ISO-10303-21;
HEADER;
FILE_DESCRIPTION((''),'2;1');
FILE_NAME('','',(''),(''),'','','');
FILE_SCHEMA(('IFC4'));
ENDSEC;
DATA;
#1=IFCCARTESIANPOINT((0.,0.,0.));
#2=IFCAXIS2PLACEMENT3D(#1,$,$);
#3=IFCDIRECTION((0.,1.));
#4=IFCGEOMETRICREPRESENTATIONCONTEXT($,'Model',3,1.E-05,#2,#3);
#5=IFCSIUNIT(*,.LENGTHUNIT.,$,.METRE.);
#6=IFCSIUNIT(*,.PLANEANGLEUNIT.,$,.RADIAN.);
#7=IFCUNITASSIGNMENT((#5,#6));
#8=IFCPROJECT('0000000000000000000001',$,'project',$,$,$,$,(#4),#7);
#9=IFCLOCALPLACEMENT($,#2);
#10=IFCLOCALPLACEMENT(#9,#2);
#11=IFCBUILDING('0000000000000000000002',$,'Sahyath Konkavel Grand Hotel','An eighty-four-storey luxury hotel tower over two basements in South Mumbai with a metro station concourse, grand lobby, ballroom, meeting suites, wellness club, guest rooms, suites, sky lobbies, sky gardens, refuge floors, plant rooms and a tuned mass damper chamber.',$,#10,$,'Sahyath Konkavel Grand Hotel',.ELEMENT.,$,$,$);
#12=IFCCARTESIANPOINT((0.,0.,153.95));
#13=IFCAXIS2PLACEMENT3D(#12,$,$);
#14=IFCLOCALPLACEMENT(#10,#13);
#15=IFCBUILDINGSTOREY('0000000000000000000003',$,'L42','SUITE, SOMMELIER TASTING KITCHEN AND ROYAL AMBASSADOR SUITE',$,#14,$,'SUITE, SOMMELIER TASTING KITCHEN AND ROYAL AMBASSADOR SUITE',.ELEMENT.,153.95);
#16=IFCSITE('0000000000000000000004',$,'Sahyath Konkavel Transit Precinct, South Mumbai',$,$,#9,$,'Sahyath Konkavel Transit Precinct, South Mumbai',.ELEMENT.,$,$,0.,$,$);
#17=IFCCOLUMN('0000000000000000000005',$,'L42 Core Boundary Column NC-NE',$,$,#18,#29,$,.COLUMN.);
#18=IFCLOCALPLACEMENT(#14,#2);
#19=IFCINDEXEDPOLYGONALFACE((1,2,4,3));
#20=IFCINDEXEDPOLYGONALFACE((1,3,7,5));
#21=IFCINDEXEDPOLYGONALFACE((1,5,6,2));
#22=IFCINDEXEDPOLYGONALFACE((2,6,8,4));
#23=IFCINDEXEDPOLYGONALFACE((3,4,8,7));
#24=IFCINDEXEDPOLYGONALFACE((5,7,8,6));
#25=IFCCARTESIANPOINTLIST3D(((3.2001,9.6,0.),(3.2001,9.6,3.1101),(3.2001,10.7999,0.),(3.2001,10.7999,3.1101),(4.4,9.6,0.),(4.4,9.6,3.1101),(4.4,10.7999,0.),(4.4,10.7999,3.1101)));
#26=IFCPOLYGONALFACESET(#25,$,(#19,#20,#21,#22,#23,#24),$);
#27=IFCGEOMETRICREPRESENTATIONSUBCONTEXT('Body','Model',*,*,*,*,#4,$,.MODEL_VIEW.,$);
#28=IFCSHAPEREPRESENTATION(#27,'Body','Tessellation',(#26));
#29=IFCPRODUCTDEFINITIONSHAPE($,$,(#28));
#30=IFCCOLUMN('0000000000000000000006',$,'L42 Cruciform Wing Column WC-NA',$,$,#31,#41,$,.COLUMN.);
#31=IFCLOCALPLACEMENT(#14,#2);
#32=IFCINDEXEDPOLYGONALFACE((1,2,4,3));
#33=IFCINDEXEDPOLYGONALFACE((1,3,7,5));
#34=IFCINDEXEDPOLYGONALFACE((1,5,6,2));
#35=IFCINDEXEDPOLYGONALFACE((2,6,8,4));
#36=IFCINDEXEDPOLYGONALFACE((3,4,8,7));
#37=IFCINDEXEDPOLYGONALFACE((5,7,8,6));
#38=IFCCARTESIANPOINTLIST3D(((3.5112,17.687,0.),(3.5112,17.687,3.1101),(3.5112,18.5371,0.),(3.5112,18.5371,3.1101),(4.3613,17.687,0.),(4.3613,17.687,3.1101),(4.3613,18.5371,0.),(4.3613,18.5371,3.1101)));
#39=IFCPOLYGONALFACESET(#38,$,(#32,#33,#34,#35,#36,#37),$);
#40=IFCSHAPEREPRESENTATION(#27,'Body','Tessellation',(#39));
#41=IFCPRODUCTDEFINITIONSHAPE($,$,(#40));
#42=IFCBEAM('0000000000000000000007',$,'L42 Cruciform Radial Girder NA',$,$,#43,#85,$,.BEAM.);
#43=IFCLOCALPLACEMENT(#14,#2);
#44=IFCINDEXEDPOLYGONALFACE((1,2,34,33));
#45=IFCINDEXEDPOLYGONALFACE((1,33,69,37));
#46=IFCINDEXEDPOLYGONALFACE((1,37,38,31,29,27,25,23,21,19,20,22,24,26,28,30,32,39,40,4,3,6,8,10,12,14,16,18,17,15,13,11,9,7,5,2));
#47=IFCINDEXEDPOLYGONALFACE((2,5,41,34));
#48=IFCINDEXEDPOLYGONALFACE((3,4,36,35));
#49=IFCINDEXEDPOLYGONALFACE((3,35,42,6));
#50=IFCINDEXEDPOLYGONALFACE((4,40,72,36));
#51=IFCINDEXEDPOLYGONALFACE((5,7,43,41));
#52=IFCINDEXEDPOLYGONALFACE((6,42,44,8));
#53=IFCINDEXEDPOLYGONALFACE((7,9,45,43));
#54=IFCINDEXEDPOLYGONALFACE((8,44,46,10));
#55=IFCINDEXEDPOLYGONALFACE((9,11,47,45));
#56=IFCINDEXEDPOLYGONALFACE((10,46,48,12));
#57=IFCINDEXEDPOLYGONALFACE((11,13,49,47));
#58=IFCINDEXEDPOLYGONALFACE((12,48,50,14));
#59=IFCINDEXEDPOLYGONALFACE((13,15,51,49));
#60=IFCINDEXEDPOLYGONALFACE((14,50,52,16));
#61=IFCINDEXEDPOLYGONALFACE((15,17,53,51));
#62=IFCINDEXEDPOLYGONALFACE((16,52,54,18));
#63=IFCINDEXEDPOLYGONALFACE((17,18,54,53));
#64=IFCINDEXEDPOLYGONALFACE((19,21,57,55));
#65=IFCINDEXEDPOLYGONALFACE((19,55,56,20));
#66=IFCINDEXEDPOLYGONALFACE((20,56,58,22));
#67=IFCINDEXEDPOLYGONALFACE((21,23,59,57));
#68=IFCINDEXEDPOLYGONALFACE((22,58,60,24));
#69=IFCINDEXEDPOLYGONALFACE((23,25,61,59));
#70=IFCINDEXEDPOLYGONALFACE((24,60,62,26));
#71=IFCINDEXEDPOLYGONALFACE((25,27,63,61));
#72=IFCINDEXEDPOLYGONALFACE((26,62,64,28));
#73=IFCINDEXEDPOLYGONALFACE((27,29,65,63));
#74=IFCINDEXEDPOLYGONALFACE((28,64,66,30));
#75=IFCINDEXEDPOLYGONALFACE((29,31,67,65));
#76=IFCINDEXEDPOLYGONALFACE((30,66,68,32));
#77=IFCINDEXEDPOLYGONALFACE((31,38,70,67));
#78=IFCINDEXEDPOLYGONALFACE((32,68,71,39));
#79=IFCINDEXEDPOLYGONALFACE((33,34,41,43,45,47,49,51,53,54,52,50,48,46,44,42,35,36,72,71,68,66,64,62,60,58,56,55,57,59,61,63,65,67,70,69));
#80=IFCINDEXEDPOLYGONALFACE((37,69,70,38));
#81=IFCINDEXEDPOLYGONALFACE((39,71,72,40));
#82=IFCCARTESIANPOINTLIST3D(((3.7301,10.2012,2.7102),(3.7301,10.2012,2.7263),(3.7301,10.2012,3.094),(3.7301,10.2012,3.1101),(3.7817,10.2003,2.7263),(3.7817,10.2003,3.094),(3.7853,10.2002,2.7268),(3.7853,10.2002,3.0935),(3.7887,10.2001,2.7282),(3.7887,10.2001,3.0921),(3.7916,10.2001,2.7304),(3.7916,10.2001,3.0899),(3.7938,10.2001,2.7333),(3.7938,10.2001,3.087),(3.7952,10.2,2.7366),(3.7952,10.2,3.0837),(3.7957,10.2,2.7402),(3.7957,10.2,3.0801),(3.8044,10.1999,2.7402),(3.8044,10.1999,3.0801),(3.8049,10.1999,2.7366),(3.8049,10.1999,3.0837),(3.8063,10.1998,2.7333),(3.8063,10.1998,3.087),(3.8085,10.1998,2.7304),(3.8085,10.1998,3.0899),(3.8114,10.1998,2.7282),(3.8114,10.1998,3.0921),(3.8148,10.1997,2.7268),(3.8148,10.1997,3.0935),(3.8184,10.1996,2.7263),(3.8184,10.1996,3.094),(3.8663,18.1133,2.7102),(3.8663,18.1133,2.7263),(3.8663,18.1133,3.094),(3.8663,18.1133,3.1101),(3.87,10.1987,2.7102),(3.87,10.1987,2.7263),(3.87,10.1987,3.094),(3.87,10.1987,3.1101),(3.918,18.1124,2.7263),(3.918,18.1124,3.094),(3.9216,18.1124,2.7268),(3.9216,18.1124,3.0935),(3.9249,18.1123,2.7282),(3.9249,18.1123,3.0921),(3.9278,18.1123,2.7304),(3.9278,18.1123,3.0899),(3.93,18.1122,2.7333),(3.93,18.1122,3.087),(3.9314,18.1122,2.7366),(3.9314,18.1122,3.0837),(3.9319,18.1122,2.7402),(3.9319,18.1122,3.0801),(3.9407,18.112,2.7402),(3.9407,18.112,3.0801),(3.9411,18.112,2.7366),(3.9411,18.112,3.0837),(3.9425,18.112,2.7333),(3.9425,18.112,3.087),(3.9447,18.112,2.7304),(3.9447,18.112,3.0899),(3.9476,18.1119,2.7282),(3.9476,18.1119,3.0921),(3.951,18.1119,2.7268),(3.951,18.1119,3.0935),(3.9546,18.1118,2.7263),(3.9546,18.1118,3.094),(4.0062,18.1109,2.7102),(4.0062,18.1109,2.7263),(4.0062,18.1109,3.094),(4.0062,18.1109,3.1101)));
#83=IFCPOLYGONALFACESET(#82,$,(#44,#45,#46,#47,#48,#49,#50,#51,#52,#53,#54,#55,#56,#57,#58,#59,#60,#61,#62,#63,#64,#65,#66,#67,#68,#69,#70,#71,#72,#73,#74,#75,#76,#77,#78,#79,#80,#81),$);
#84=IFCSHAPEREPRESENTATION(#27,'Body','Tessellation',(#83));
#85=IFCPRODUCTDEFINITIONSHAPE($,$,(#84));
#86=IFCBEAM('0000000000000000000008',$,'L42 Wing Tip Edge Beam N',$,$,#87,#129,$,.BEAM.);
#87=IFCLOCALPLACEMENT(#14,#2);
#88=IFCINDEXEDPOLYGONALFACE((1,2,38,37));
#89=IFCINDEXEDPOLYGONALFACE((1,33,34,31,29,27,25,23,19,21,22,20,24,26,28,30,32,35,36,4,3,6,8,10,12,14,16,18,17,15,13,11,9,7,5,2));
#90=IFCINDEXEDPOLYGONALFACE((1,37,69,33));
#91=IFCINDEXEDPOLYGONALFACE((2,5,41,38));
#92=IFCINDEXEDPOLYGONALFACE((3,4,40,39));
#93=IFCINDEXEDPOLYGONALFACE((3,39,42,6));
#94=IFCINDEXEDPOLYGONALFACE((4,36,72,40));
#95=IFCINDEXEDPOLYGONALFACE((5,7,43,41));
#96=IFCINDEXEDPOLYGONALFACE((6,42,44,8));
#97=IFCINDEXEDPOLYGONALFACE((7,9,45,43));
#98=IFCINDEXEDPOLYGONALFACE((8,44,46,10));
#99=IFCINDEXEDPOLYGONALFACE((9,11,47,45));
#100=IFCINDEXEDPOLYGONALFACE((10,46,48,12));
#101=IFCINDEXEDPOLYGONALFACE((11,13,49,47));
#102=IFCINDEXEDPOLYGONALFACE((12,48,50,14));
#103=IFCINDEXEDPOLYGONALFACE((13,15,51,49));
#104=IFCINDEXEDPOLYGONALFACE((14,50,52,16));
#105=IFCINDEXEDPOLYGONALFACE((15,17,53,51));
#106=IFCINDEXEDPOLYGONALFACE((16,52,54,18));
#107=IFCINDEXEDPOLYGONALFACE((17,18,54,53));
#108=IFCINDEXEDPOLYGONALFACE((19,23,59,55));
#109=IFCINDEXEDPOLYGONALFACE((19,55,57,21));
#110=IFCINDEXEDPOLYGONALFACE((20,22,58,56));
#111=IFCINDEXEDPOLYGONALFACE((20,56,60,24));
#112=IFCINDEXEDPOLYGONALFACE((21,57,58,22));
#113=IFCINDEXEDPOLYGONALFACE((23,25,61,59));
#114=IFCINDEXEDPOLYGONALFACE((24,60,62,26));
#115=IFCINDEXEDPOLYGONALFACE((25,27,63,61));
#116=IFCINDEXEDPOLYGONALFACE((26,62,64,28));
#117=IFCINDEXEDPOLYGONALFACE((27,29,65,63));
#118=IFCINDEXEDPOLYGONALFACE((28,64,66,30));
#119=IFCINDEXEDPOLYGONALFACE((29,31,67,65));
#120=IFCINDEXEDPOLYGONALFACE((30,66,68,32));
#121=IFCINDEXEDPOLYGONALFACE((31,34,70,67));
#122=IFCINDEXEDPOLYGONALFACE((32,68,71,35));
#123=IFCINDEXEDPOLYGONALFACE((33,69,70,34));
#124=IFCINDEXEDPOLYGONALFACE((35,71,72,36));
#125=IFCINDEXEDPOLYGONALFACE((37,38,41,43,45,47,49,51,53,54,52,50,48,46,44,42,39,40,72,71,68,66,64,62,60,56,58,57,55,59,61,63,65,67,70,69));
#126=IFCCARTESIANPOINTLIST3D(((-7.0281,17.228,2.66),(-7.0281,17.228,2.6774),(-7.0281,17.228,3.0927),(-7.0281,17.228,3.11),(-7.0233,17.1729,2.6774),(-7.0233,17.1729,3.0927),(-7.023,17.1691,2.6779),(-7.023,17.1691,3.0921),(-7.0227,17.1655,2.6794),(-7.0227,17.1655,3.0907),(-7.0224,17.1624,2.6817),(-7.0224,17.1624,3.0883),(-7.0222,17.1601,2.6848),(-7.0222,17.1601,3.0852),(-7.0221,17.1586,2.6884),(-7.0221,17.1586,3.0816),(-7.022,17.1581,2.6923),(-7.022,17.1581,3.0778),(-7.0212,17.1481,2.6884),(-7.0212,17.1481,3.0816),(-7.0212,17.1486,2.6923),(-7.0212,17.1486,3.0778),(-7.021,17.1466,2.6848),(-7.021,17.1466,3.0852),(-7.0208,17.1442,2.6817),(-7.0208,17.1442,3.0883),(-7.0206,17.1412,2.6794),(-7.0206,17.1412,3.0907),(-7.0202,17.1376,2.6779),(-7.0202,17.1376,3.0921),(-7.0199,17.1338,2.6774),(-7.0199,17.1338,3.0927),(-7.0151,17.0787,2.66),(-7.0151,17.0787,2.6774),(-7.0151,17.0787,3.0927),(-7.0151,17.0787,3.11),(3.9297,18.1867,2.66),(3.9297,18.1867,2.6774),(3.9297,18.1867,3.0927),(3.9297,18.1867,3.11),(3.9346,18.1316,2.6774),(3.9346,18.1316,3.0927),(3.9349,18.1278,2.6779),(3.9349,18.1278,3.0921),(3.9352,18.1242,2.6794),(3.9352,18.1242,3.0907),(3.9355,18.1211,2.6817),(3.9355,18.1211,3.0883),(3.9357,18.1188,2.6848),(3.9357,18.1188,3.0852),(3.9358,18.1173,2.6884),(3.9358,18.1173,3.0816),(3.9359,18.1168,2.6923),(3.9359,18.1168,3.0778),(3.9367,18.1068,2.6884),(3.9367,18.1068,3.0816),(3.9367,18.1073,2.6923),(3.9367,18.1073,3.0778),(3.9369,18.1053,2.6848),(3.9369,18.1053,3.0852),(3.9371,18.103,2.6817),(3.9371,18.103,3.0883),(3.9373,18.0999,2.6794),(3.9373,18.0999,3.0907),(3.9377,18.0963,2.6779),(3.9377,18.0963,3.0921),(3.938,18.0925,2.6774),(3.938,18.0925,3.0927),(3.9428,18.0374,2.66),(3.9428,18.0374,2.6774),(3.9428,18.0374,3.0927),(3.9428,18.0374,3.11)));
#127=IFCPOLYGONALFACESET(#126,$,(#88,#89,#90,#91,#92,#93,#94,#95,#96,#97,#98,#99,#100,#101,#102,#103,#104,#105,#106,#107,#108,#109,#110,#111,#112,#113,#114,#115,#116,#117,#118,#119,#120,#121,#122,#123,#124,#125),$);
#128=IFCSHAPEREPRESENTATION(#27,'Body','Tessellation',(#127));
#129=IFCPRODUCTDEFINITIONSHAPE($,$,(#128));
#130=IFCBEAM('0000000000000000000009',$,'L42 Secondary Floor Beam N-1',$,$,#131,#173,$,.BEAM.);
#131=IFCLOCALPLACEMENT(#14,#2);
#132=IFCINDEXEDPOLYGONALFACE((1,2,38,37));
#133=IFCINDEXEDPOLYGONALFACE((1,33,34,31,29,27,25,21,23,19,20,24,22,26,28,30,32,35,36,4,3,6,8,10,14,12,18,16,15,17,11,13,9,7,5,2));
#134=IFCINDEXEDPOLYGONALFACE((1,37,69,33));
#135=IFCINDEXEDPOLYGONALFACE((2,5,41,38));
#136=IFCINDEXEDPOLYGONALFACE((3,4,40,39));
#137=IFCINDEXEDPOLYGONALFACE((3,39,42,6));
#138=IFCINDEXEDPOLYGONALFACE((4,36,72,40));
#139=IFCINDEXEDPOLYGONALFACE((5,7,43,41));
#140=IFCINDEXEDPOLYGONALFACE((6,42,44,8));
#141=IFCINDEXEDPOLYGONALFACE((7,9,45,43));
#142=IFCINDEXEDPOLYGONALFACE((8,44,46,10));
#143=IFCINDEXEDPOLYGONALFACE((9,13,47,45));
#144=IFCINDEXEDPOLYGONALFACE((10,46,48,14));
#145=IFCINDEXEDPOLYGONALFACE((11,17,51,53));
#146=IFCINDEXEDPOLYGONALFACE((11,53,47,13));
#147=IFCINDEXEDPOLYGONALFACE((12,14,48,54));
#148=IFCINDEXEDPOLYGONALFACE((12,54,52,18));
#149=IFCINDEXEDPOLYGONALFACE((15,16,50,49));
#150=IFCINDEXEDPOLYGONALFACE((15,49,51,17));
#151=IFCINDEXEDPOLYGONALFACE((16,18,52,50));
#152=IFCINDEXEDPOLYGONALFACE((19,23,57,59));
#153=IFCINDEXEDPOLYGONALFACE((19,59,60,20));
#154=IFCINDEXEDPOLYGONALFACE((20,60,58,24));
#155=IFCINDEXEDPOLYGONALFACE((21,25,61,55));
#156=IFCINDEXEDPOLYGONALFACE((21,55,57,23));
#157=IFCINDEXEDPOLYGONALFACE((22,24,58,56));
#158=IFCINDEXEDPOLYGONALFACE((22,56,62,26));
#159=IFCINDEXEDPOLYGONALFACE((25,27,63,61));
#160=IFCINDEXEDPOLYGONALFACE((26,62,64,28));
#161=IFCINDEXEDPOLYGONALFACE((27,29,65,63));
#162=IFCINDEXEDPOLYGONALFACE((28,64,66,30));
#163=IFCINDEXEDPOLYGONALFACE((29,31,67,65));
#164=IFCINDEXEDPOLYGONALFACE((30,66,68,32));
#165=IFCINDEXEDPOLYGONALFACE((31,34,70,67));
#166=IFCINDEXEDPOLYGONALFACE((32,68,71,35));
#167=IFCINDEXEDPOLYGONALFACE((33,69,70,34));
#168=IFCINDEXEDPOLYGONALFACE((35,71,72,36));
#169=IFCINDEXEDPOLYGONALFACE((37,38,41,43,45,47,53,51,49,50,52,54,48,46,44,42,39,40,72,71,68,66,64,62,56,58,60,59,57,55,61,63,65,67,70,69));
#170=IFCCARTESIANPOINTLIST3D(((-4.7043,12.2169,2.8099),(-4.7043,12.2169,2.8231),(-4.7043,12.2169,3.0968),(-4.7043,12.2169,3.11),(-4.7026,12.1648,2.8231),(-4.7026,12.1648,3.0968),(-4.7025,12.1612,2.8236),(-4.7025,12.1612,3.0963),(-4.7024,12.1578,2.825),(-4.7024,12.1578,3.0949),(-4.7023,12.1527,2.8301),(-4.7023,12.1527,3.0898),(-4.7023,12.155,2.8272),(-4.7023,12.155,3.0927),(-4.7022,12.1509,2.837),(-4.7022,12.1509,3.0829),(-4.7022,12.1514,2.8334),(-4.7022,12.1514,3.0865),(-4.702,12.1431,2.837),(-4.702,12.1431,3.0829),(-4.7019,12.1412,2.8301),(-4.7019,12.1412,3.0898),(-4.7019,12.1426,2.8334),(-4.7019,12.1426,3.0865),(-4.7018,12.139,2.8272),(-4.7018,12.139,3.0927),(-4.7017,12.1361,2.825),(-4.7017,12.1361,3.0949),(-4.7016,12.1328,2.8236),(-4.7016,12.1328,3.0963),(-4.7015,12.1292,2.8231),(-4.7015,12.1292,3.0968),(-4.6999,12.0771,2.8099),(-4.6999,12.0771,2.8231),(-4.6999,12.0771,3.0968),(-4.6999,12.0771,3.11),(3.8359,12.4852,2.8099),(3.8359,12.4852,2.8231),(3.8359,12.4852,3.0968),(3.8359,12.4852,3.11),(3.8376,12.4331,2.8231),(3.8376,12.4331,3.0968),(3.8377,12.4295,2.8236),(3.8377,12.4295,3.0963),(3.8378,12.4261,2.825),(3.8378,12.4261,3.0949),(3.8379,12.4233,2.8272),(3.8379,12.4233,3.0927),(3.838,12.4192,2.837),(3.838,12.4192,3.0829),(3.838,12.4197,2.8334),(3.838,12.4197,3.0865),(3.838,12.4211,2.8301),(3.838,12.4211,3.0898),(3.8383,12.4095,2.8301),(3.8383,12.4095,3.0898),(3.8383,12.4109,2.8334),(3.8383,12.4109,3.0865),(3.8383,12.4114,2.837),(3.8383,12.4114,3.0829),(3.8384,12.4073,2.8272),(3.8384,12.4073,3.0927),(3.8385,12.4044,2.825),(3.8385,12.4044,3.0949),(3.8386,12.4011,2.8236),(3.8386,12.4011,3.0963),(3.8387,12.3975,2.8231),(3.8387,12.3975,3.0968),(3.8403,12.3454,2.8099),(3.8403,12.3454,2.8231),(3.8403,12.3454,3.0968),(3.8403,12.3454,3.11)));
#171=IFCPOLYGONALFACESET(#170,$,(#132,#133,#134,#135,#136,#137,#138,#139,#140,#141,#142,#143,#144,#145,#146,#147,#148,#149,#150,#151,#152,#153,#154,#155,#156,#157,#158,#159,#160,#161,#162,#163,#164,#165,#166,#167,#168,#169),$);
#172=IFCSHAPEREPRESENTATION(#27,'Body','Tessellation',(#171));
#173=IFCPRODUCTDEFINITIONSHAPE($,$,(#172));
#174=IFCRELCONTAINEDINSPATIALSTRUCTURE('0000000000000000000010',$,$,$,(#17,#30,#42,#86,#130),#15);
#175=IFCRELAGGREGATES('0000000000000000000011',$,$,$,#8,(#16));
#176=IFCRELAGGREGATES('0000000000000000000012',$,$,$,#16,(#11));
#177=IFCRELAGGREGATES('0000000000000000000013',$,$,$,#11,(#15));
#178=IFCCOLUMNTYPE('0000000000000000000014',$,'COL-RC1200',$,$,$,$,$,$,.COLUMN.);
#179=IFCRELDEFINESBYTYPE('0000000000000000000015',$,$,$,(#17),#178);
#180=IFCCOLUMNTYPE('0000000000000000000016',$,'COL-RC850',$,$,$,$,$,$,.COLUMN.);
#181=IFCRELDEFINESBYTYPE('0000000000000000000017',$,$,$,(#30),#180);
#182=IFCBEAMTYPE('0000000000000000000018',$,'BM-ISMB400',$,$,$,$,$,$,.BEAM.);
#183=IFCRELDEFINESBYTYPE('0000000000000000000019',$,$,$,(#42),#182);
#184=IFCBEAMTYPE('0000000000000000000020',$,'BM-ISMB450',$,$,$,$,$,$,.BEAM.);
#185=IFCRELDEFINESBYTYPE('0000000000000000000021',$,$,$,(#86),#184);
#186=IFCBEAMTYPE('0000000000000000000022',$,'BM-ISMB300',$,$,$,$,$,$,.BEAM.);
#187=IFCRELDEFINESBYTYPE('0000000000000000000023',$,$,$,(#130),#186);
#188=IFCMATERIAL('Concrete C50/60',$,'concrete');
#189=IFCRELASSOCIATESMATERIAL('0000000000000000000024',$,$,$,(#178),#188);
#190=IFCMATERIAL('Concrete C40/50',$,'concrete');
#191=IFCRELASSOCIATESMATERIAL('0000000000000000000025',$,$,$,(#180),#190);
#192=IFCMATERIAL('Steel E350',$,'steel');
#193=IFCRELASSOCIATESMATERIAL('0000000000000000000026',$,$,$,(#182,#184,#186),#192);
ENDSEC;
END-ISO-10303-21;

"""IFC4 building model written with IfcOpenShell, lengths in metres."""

from ifc_helpers import new_model, si_unit, direction, frame, origin, origin_2d, place, context, subcontext, project, spatial, rectangle, i_section, extrude, source, transform, mapped, material, material_profile, profile_set, type_object, element, save


model = new_model("IFC4")

# Units and contexts
model_context = context("Model", 3, precision=1e-05, world=origin(), true_north=direction((0.0, 1.0)))
body_context = subcontext(model_context, "Body", "Model", "MODEL_VIEW")
ifc_project = project(units=[si_unit("LENGTHUNIT", "METRE"), si_unit("PLANEANGLEUNIT", "RADIAN")], contexts=[model_context])

# Site, building, storey
site_placement = place(None, origin())
site = spatial("IfcSite", under=ifc_project, at=site_placement, Name="Sahyath Konkavel Transit Precinct, South Mumbai", LongName="Sahyath Konkavel Transit Precinct, South Mumbai", CompositionType="ELEMENT", RefElevation=0.0)
building_placement = place(site_placement, origin())
building = spatial("IfcBuilding", under=site, at=building_placement, Name="Sahyath Konkavel Grand Hotel", Description="An eighty-four-storey luxury hotel tower over two basements in South Mumbai with a metro station concourse, grand lobby, ballroom, meeting suites, wellness club, guest rooms, suites, sky lobbies, sky gardens, refuge floors, plant rooms and a tuned mass damper chamber.", LongName="Sahyath Konkavel Grand Hotel", CompositionType="ELEMENT")
storey_placement = place(building_placement, frame((0.0, 0.0, 153.95)))
storey = spatial("IfcBuildingStorey", under=building, at=storey_placement, Name="L42", Description="SUITE, SOMMELIER TASTING KITCHEN AND ROYAL AMBASSADOR SUITE", LongName="SUITE, SOMMELIER TASTING KITCHEN AND ROYAL AMBASSADOR SUITE", CompositionType="ELEMENT", Elevation=153.95)

# Columns
ifc_material_1 = material(Name="Concrete C50/60", Category="concrete")
ifc_material_profile_1 = material_profile(ifc_material_1, rectangle(XDim=1.2, YDim=1.2, at=origin_2d()), Name="RC 1200x1200")
ifc_profile_set_1 = profile_set([ifc_material_profile_1], Name="Concrete C50/60")
column_type_1 = type_object("IfcColumnType", Name="COL-RC1200", PredefinedType="COLUMN", material=ifc_profile_set_1)
shared_shape_1 = source(origin(), body_context, "Body", "SweptSolid", [
    extrude(rectangle(XDim=1.2, YDim=1.2, at=origin_2d()), origin(), (0.0, 0.0, 1.0), 3.1101),
])
column_1_placement = place(storey_placement, frame((3.8, 10.2, 0.0), z_axis=(0.0, 0.0, 1.0), x_axis=(1.0, 0.0, 0.0)))
element("IfcColumn", 1, at=column_1_placement, inside=storey, type_object=column_type_1, Name="L42 Core Boundary Column NC-NE", PredefinedType="COLUMN", context=body_context, shape_type="MappedRepresentation", body=[
    mapped(shared_shape_1, transform((0.0, 0.0, 0.0), scale=1.0)),
])
ifc_material_2 = material(Name="Concrete C40/50", Category="concrete")
ifc_material_profile_2 = material_profile(ifc_material_2, rectangle(XDim=0.8501, YDim=0.8501, at=origin_2d()), Name="RC 850x850")
ifc_profile_set_2 = profile_set([ifc_material_profile_2], Name="Concrete C40/50")
column_type_2 = type_object("IfcColumnType", Name="COL-RC850", PredefinedType="COLUMN", material=ifc_profile_set_2)
shared_shape_2 = source(origin(), body_context, "Body", "SweptSolid", [
    extrude(rectangle(XDim=0.8501, YDim=0.8501, at=origin_2d()), origin(), (0.0, 0.0, 1.0), 3.1101),
])
column_2_placement = place(storey_placement, frame((3.9363, 18.1121, 0.0), z_axis=(0.0, 0.0, 1.0), x_axis=(1.0, 0.0, 0.0)))
element("IfcColumn", 2, at=column_2_placement, inside=storey, type_object=column_type_2, Name="L42 Cruciform Wing Column WC-NA", PredefinedType="COLUMN", context=body_context, shape_type="MappedRepresentation", body=[
    mapped(shared_shape_2, transform((0.0, 0.0, 0.0), scale=1.0)),
])

# Beams
ifc_material_3 = material(Name="Steel E350", Category="steel")
ifc_material_profile_3 = material_profile(ifc_material_3, i_section(OverallWidth=0.1399, OverallDepth=0.3999, WebThickness=0.0088, FlangeThickness=0.0161, FilletRadius=0.0139, at=origin_2d()), Name="ISMB 400")
ifc_profile_set_3 = profile_set([ifc_material_profile_3], Name="Steel E350")
beam_type_1 = type_object("IfcBeamType", Name="BM-ISMB400", PredefinedType="BEAM", material=ifc_profile_set_3)
shared_shape_3 = source(origin(), body_context, "Body", "SweptSolid", [
    extrude(i_section(OverallWidth=0.1399, OverallDepth=0.3999, WebThickness=0.0088, FlangeThickness=0.0161, FilletRadius=0.0139, at=origin_2d()), origin(), (0.0, 0.0, 1.0), 7.9133),
])
beam_1_placement = place(storey_placement, frame((3.8, 10.2, 2.9102), z_axis=(0.017215, 0.999852, 0.0), x_axis=(-0.999852, 0.017215, 0.0)))
element("IfcBeam", 3, at=beam_1_placement, inside=storey, type_object=beam_type_1, Name="L42 Cruciform Radial Girder NA", PredefinedType="BEAM", context=body_context, shape_type="MappedRepresentation", body=[
    mapped(shared_shape_3, transform((0.0, 0.0, 0.0), scale=1.0)),
])
ifc_material_profile_4 = material_profile(ifc_material_3, i_section(OverallWidth=0.1499, OverallDepth=0.45, WebThickness=0.0095, FlangeThickness=0.0173, FilletRadius=0.0149, at=origin_2d()), Name="ISMB 450")
ifc_profile_set_4 = profile_set([ifc_material_profile_4], Name="Steel E350")
beam_type_2 = type_object("IfcBeamType", Name="BM-ISMB450", PredefinedType="BEAM", material=ifc_profile_set_4)
shared_shape_4 = source(origin(), body_context, "Body", "SweptSolid", [
    extrude(i_section(OverallWidth=0.1499, OverallDepth=0.45, WebThickness=0.0095, FlangeThickness=0.0173, FilletRadius=0.0149, at=origin_2d()), origin(), (0.0, 0.0, 1.0), 10.9998),
])
beam_2_placement = place(storey_placement, frame((3.9363, 18.1121, 2.885), z_axis=(-0.996194, -0.087159, 0.0), x_axis=(0.087159, -0.996194, 0.0)))
element("IfcBeam", 4, at=beam_2_placement, inside=storey, type_object=beam_type_2, Name="L42 Wing Tip Edge Beam N", PredefinedType="BEAM", context=body_context, shape_type="MappedRepresentation", body=[
    mapped(shared_shape_4, transform((0.0, 0.0, 0.0), scale=1.0)),
])
ifc_material_profile_5 = material_profile(ifc_material_3, i_section(OverallWidth=0.1399, OverallDepth=0.3, WebThickness=0.0078, FlangeThickness=0.0132, FilletRadius=0.0139, at=origin_2d()), Name="ISMB 300")
ifc_profile_set_5 = profile_set([ifc_material_profile_5], Name="Steel E350")
beam_type_3 = type_object("IfcBeamType", Name="BM-ISMB300", PredefinedType="BEAM", material=ifc_profile_set_5)
shared_shape_5 = source(origin(), body_context, "Body", "SweptSolid", [
    extrude(i_section(OverallWidth=0.1399, OverallDepth=0.3, WebThickness=0.0078, FlangeThickness=0.0132, FilletRadius=0.0139, at=origin_2d()), origin(), (0.0, 0.0, 1.0), 8.5444),
])
beam_3_placement = place(storey_placement, frame((3.8381, 12.4153, 2.96), z_axis=(-0.999507, -0.031402, 0.0), x_axis=(0.031402, -0.999507, 0.0)))
element("IfcBeam", 5, at=beam_3_placement, inside=storey, type_object=beam_type_3, Name="L42 Secondary Floor Beam N-1", PredefinedType="BEAM", context=body_context, shape_type="MappedRepresentation", body=[
    mapped(shared_shape_5, transform((0.0, 0.0, 0.0), scale=1.0)),
])

save(model, "model.ifc")
